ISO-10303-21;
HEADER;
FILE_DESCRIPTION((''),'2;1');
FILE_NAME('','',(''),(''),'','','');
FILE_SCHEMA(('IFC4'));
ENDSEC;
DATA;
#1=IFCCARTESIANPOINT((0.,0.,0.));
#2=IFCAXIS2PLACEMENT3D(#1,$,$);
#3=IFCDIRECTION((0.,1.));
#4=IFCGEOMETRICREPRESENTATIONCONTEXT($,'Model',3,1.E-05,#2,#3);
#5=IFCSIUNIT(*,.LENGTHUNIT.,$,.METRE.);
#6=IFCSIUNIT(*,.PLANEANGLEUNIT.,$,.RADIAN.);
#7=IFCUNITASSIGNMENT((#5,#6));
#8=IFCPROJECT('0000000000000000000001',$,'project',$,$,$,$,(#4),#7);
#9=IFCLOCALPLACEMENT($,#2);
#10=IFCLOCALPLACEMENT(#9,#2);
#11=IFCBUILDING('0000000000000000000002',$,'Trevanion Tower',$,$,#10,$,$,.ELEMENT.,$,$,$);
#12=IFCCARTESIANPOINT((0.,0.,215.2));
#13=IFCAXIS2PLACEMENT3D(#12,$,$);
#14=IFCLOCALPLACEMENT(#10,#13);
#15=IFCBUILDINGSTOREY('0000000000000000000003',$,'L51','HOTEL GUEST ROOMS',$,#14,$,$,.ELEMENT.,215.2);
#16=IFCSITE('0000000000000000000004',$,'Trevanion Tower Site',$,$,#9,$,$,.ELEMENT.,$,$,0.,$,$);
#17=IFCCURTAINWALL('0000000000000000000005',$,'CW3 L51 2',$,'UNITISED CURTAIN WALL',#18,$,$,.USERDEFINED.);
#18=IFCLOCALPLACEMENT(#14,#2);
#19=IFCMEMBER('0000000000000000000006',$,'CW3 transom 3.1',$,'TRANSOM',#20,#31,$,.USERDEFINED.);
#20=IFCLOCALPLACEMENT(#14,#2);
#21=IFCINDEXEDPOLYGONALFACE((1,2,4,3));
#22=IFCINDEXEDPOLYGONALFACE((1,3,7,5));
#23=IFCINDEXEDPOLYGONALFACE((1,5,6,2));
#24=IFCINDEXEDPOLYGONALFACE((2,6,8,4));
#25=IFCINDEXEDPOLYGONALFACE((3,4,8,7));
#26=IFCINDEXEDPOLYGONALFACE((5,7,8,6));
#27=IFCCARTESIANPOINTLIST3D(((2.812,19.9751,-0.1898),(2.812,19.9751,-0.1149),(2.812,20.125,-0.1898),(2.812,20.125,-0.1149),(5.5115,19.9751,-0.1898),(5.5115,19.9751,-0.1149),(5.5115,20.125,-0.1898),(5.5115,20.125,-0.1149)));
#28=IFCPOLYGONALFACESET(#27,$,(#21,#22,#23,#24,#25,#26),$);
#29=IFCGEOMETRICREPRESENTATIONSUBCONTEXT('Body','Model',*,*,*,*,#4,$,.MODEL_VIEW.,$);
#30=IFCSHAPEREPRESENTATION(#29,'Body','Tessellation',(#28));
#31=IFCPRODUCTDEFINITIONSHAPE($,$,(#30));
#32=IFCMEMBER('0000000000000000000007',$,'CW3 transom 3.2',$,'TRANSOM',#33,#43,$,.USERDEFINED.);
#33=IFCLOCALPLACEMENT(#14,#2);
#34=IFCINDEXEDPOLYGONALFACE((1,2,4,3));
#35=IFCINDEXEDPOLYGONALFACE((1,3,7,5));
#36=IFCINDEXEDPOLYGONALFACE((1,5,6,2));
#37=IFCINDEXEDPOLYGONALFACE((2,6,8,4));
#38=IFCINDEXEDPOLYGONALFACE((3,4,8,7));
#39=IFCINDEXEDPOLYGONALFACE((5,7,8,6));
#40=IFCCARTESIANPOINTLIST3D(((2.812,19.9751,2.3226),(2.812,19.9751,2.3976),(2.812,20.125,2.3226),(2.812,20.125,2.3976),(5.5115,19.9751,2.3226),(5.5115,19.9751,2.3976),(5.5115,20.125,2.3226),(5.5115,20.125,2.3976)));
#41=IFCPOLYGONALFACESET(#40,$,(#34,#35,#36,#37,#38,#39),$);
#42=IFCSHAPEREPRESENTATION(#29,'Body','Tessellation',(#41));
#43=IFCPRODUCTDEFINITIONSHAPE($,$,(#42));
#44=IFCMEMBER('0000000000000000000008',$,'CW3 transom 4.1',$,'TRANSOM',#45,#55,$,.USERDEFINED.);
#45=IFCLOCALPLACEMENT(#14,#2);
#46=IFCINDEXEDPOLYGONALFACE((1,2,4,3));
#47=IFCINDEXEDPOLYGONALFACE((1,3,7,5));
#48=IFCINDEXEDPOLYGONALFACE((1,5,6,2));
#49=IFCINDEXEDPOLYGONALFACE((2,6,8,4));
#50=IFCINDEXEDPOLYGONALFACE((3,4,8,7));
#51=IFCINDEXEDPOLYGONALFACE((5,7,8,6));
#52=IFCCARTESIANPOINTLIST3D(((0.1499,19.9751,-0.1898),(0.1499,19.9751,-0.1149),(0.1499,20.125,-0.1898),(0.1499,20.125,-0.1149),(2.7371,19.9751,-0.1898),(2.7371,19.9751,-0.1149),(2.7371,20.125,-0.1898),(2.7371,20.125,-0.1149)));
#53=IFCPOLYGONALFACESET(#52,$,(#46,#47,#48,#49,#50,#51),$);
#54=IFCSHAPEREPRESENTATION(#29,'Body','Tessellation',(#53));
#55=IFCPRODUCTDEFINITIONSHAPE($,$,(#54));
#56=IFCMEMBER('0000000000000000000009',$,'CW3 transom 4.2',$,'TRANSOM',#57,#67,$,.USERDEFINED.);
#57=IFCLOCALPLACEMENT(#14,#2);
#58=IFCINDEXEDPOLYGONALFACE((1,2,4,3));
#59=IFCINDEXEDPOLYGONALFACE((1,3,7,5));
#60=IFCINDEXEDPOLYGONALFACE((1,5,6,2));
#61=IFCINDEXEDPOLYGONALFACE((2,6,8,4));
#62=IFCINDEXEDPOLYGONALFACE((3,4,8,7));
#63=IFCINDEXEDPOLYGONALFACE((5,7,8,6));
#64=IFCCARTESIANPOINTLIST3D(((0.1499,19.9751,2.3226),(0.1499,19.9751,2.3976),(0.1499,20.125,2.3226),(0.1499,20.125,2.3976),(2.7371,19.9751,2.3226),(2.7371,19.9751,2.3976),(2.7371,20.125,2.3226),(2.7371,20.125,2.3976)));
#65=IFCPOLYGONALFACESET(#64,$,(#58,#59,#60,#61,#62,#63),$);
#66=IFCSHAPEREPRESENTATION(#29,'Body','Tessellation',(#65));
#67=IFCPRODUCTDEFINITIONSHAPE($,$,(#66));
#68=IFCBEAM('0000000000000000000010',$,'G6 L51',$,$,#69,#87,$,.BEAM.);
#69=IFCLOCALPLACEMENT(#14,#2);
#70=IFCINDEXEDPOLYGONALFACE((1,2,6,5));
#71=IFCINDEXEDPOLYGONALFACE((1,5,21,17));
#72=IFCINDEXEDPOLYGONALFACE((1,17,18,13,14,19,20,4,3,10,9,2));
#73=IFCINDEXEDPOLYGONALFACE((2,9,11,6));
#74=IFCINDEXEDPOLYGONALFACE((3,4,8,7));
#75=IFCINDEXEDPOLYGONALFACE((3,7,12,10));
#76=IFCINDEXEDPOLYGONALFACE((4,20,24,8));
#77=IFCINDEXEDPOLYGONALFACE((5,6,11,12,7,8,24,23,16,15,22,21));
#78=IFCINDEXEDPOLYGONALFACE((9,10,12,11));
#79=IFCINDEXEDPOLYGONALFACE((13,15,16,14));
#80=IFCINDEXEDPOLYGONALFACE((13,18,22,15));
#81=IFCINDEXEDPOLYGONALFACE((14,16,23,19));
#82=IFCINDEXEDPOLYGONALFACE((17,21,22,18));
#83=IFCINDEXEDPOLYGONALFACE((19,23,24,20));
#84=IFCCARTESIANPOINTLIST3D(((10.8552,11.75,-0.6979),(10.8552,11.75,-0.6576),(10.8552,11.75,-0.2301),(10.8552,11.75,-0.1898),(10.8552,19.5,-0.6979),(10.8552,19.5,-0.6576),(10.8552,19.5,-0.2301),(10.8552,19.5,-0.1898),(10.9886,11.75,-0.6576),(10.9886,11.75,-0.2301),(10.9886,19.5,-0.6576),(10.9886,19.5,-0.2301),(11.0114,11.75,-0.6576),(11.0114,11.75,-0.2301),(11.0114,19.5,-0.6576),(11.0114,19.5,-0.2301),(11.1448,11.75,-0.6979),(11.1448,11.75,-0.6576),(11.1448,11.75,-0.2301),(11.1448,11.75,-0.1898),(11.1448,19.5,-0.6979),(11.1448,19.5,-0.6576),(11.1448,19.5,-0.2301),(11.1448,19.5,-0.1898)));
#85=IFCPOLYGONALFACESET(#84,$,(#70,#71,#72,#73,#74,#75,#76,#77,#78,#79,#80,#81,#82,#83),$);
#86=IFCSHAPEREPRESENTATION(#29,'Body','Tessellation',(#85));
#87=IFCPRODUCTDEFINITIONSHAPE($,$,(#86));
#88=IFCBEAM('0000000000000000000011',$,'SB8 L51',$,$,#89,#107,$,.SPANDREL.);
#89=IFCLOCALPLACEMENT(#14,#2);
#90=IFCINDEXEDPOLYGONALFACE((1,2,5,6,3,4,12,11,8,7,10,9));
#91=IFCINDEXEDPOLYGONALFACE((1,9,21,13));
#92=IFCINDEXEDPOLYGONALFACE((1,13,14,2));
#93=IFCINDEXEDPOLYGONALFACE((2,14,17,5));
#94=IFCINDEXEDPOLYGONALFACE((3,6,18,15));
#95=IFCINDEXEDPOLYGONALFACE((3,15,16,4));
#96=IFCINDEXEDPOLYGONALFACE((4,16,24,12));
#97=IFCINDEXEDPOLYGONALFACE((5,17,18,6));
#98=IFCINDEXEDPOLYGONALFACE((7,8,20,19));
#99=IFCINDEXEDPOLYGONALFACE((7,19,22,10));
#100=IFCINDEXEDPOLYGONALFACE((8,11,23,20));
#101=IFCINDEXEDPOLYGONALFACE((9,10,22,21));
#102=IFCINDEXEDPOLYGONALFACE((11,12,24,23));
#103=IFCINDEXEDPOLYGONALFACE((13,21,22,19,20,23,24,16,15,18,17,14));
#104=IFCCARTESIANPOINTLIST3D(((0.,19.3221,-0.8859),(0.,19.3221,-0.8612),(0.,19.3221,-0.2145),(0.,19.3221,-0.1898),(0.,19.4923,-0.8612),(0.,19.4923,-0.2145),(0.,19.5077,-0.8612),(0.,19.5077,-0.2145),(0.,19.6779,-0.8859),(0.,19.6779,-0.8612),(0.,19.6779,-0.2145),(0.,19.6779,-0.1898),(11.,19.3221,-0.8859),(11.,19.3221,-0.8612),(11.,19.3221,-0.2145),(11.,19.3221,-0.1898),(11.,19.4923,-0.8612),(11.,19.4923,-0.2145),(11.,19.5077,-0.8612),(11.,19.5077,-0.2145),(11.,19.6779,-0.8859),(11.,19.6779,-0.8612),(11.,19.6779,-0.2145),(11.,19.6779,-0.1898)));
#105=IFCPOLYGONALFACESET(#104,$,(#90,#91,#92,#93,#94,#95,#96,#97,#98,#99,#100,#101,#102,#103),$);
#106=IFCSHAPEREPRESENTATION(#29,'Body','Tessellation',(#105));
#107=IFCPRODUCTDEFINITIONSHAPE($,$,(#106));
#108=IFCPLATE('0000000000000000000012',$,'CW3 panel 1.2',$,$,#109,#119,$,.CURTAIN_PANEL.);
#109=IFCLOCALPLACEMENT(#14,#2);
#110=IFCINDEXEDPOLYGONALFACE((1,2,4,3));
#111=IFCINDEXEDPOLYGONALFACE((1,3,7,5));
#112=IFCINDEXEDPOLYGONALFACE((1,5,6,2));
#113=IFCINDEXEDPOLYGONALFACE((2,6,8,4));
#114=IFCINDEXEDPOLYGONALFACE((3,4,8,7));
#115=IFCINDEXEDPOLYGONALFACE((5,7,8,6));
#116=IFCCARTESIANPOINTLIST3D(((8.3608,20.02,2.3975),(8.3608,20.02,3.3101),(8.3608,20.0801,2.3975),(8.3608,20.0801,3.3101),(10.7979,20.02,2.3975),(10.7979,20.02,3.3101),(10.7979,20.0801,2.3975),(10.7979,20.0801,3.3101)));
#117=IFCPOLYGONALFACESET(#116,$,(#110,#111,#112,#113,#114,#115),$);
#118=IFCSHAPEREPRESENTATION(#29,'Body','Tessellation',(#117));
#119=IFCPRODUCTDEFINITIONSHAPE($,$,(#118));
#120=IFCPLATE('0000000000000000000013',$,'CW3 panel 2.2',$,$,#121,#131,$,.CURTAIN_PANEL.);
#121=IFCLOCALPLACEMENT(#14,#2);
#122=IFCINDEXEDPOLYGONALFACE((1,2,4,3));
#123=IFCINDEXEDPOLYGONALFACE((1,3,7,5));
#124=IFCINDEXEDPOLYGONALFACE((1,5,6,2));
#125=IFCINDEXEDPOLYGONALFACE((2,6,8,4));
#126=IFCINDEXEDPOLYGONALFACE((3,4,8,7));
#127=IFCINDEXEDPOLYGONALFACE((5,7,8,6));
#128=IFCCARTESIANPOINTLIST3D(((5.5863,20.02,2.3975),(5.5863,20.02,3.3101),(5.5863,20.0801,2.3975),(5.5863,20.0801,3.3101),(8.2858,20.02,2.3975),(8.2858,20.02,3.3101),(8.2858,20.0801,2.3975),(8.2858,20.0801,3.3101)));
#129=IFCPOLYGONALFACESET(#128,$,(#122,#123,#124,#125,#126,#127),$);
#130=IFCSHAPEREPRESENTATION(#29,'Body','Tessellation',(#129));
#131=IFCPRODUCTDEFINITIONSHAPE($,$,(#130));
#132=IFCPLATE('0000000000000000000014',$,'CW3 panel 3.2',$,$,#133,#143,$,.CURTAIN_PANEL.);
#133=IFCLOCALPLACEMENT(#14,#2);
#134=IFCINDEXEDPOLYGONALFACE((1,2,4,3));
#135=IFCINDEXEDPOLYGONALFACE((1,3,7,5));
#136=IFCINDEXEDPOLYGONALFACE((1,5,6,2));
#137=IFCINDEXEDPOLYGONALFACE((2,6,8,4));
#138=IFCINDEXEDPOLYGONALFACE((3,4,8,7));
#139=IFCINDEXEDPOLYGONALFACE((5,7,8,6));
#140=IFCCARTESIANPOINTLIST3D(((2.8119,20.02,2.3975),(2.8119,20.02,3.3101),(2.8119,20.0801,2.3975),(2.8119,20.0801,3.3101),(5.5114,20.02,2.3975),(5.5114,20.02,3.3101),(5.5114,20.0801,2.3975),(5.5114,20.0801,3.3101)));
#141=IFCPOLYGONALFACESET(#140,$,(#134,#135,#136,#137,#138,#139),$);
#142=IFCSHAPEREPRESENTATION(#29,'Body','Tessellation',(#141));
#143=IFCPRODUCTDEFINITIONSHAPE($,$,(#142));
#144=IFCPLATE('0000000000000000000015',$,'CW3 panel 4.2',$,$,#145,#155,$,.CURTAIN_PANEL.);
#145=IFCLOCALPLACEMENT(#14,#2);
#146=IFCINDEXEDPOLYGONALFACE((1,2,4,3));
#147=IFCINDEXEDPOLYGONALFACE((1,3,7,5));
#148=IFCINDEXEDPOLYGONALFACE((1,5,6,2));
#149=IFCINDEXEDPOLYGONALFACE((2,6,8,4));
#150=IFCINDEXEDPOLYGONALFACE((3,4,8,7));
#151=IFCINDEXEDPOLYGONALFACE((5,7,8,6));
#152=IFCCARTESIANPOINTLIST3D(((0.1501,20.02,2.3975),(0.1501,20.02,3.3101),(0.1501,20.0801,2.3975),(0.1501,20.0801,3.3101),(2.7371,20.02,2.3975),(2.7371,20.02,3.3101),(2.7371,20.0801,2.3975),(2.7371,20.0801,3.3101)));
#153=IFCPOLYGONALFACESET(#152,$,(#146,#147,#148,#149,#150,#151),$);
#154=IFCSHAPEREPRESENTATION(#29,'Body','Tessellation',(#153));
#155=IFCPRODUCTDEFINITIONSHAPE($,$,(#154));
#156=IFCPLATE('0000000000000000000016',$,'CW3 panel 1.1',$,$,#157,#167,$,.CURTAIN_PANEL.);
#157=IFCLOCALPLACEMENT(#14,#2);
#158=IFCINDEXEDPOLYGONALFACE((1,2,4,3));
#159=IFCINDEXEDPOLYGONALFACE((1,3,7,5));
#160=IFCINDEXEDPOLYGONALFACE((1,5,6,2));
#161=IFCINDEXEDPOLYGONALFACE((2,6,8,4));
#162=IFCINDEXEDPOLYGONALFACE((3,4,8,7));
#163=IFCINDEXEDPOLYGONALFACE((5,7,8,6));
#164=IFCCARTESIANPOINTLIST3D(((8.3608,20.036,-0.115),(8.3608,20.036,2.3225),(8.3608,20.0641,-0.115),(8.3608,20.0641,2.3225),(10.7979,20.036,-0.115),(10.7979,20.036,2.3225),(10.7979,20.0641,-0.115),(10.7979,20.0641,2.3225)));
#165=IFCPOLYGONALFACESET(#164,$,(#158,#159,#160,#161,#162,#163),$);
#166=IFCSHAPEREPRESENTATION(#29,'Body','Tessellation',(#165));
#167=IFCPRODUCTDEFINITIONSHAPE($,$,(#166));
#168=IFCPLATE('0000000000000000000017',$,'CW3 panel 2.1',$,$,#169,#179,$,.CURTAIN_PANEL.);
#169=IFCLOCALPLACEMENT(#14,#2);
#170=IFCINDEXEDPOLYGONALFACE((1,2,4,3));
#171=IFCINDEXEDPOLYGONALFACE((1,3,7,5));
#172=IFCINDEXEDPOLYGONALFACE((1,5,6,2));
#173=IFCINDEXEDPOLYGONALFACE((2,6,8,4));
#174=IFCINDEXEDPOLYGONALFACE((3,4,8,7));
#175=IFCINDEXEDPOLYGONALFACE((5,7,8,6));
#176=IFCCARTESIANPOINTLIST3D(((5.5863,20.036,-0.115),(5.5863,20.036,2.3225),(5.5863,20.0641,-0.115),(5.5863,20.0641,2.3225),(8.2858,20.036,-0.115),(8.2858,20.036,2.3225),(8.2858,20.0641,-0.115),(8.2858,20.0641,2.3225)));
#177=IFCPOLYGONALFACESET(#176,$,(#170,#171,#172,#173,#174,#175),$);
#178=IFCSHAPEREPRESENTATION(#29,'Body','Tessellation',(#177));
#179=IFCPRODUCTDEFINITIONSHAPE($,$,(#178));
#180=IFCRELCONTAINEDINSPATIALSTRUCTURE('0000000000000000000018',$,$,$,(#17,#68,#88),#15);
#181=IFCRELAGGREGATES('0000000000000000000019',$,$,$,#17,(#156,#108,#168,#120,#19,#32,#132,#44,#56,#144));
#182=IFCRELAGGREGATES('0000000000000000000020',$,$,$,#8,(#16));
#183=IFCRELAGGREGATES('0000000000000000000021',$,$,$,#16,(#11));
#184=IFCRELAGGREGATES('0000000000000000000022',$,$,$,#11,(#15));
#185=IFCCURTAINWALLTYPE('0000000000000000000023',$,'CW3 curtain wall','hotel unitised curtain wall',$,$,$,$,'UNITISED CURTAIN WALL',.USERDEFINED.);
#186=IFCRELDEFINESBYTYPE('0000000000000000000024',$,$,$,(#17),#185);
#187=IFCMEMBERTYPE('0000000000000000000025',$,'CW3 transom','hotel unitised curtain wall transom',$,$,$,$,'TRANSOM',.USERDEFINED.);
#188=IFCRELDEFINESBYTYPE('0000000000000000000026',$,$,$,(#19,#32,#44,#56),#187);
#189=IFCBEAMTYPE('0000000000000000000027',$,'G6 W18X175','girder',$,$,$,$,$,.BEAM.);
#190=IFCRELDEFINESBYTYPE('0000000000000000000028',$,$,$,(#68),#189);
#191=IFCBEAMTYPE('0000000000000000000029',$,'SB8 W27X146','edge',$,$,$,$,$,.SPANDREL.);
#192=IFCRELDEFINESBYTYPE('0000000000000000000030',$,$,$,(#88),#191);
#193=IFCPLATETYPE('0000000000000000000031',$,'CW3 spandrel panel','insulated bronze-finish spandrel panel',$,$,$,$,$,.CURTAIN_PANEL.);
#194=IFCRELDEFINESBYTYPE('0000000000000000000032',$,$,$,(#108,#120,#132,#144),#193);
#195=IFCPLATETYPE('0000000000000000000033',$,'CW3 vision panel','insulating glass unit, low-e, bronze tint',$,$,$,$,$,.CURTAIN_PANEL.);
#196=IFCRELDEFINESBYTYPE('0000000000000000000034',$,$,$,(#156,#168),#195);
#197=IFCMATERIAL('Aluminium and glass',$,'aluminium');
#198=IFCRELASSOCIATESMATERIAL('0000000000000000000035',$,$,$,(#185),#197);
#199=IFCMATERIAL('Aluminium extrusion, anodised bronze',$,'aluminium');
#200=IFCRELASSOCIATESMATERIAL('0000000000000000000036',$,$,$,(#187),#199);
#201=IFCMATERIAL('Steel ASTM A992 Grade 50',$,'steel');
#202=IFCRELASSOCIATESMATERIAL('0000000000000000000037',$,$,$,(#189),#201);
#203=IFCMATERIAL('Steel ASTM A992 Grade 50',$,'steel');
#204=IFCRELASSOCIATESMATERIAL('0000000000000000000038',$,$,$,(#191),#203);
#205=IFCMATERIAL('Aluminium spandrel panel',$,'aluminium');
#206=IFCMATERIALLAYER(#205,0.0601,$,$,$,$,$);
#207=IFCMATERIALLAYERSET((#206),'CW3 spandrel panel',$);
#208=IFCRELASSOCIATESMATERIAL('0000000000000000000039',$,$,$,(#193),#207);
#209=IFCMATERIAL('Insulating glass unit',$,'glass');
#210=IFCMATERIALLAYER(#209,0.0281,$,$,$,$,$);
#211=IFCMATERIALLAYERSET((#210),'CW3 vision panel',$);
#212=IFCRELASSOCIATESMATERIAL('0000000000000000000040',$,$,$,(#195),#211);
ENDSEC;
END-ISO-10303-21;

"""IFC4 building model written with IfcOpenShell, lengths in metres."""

from ifc_helpers import new_model, si_unit, direction, frame, origin, origin_2d, place, context, subcontext, project, spatial, rectangle, i_section, extrude, material, layer, layer_set, material_profile, profile_set, type_object, element, aggregate, save


model = new_model("IFC4")

# Units and contexts
model_context = context("Model", 3, precision=1e-05, world=origin(), true_north=direction((0.0, 1.0)))
body_context = subcontext(model_context, "Body", "Model", "MODEL_VIEW")
ifc_project = project(units=[si_unit("LENGTHUNIT", "METRE"), si_unit("PLANEANGLEUNIT", "RADIAN")], contexts=[model_context])

# Site, building, storey
site_placement = place(None, origin())
site = spatial("IfcSite", under=ifc_project, at=site_placement, Name="Trevanion Tower Site", CompositionType="ELEMENT", RefElevation=0.0)
building_placement = place(site_placement, origin())
building = spatial("IfcBuilding", under=site, at=building_placement, Name="Trevanion Tower", CompositionType="ELEMENT")
storey_placement = place(building_placement, frame((0.0, 0.0, 215.2)))
storey = spatial("IfcBuildingStorey", under=building, at=storey_placement, Name="L51", Description="HOTEL GUEST ROOMS", CompositionType="ELEMENT", Elevation=215.2)

# Curtain wall, members
ifc_material_1 = material(Name="Aluminium and glass", Category="aluminium")
curtain_wall_type = type_object("IfcCurtainWallType", Name="CW3 curtain wall", Description="hotel unitised curtain wall", ElementType="UNITISED CURTAIN WALL", PredefinedType="USERDEFINED", material=ifc_material_1)
curtain_wall_placement = place(storey_placement, origin())
curtain_wall = element("IfcCurtainWall", 1, at=curtain_wall_placement, inside=storey, type_object=curtain_wall_type, Name="CW3 L51 2", ObjectType="UNITISED CURTAIN WALL", PredefinedType="USERDEFINED")
ifc_material_2 = material(Name="Aluminium extrusion, anodised bronze", Category="aluminium")
ifc_material_profile_1 = material_profile(ifc_material_2, rectangle(XDim=0.1499, YDim=0.075, at=origin_2d()), Name="CW3 transom")
ifc_profile_set_1 = profile_set([ifc_material_profile_1], Name="Aluminium extrusion, anodised bronze")
member_type_1 = type_object("IfcMemberType", Name="CW3 transom", Description="hotel unitised curtain wall transom", ElementType="TRANSOM", PredefinedType="USERDEFINED", material=ifc_profile_set_1)
member_1_placement = place(storey_placement, frame((5.5115, 20.05, -0.1523), z_axis=(-1.0, 0.0, 0.0), x_axis=(0.0, -1.0, 0.0)))
member_1 = element("IfcMember", 2, at=member_1_placement, type_object=member_type_1, Name="CW3 transom 3.1", ObjectType="TRANSOM", PredefinedType="USERDEFINED", context=body_context, shape_type="SweptSolid", body=[
    extrude(rectangle(XDim=0.1499, YDim=0.075, at=origin_2d()), origin(), (0.0, 0.0, 1.0), 2.6995),
])
member_2_placement = place(storey_placement, frame((5.5115, 20.05, 2.3601), z_axis=(-1.0, 0.0, 0.0), x_axis=(0.0, -1.0, 0.0)))
member_2 = element("IfcMember", 3, at=member_2_placement, type_object=member_type_1, Name="CW3 transom 3.2", ObjectType="TRANSOM", PredefinedType="USERDEFINED", context=body_context, shape_type="SweptSolid", body=[
    extrude(rectangle(XDim=0.1499, YDim=0.075, at=origin_2d()), origin(), (0.0, 0.0, 1.0), 2.6995),
])
member_3_placement = place(storey_placement, frame((2.7371, 20.05, -0.1523), z_axis=(-1.0, 0.0, 0.0), x_axis=(0.0, -1.0, 0.0)))
member_3 = element("IfcMember", 4, at=member_3_placement, type_object=member_type_1, Name="CW3 transom 4.1", ObjectType="TRANSOM", PredefinedType="USERDEFINED", context=body_context, shape_type="SweptSolid", body=[
    extrude(rectangle(XDim=0.1499, YDim=0.075, at=origin_2d()), origin(), (0.0, 0.0, 1.0), 2.5872),
])
member_4_placement = place(storey_placement, frame((2.7371, 20.05, 2.3601), z_axis=(-1.0, 0.0, 0.0), x_axis=(0.0, -1.0, 0.0)))
member_4 = element("IfcMember", 5, at=member_4_placement, type_object=member_type_1, Name="CW3 transom 4.2", ObjectType="TRANSOM", PredefinedType="USERDEFINED", context=body_context, shape_type="SweptSolid", body=[
    extrude(rectangle(XDim=0.1499, YDim=0.075, at=origin_2d()), origin(), (0.0, 0.0, 1.0), 2.5872),
])

# Beams
ifc_material_3 = material(Name="Steel ASTM A992 Grade 50", Category="steel")
ifc_material_profile_2 = material_profile(ifc_material_3, i_section(OverallWidth=0.2896, OverallDepth=0.5081, WebThickness=0.0227, FlangeThickness=0.0403, at=origin_2d()), Name="W18X175")
ifc_profile_set_2 = profile_set([ifc_material_profile_2], Name="Steel ASTM A992 Grade 50")
beam_type_1 = type_object("IfcBeamType", Name="G6 W18X175", Description="girder", PredefinedType="BEAM", material=ifc_profile_set_2)
beam_1_placement = place(storey_placement, frame((11.0, 11.75, -0.4438), z_axis=(0.0, 1.0, 0.0), x_axis=(-1.0, 0.0, 0.0)))
element("IfcBeam", 6, at=beam_1_placement, inside=storey, type_object=beam_type_1, Name="G6 L51", PredefinedType="BEAM", context=body_context, shape_type="SweptSolid", body=[
    extrude(i_section(OverallWidth=0.2896, OverallDepth=0.5081, WebThickness=0.0227, FlangeThickness=0.0403, at=origin_2d()), origin(), (0.0, 0.0, 1.0), 7.75),
])
ifc_material_4 = material(Name="Steel ASTM A992 Grade 50", Category="steel")
ifc_material_profile_3 = material_profile(ifc_material_4, i_section(OverallWidth=0.3557, OverallDepth=0.696, WebThickness=0.0154, FlangeThickness=0.0247, at=origin_2d()), Name="W27X146")
ifc_profile_set_3 = profile_set([ifc_material_profile_3], Name="Steel ASTM A992 Grade 50")
beam_type_2 = type_object("IfcBeamType", Name="SB8 W27X146", Description="edge", PredefinedType="SPANDREL", material=ifc_profile_set_3)
beam_2_placement = place(storey_placement, frame((11.0, 19.5, -0.5378), z_axis=(-1.0, 0.0, 0.0), x_axis=(0.0, -1.0, 0.0)))
element("IfcBeam", 7, at=beam_2_placement, inside=storey, type_object=beam_type_2, Name="SB8 L51", PredefinedType="SPANDREL", context=body_context, shape_type="SweptSolid", body=[
    extrude(i_section(OverallWidth=0.3557, OverallDepth=0.696, WebThickness=0.0154, FlangeThickness=0.0247, at=origin_2d()), origin(), (0.0, 0.0, 1.0), 11.0),
])

# Plates
ifc_material_5 = material(Name="Aluminium spandrel panel", Category="aluminium")
ifc_layer_1 = layer(ifc_material_5, 0.0601)
ifc_layer_set_1 = layer_set([ifc_layer_1], Name="CW3 spandrel panel")
plate_type_1 = type_object("IfcPlateType", Name="CW3 spandrel panel", Description="insulated bronze-finish spandrel panel", PredefinedType="CURTAIN_PANEL", material=ifc_layer_set_1)
plate_1_placement = place(storey_placement, frame((9.5793, 20.05, 2.3975), z_axis=(0.0, 0.0, 1.0), x_axis=(-1.0, 0.0, 0.0)))
plate_1 = element("IfcPlate", 8, at=plate_1_placement, type_object=plate_type_1, Name="CW3 panel 1.2", PredefinedType="CURTAIN_PANEL", context=body_context, shape_type="SweptSolid", body=[
    extrude(rectangle(XDim=2.437, YDim=0.0601, at=origin_2d()), origin(), (0.0, 0.0, 1.0), 0.9126),
])
plate_2_placement = place(storey_placement, frame((6.936, 20.05, 2.3975), z_axis=(0.0, 0.0, 1.0), x_axis=(-1.0, 0.0, 0.0)))
plate_2 = element("IfcPlate", 9, at=plate_2_placement, type_object=plate_type_1, Name="CW3 panel 2.2", PredefinedType="CURTAIN_PANEL", context=body_context, shape_type="SweptSolid", body=[
    extrude(rectangle(XDim=2.6995, YDim=0.0601, at=origin_2d()), origin(), (0.0, 0.0, 1.0), 0.9126),
])
plate_3_placement = place(storey_placement, frame((4.1616, 20.05, 2.3975), z_axis=(0.0, 0.0, 1.0), x_axis=(-1.0, 0.0, 0.0)))
plate_3 = element("IfcPlate", 10, at=plate_3_placement, type_object=plate_type_1, Name="CW3 panel 3.2", PredefinedType="CURTAIN_PANEL", context=body_context, shape_type="SweptSolid", body=[
    extrude(rectangle(XDim=2.6995, YDim=0.0601, at=origin_2d()), origin(), (0.0, 0.0, 1.0), 0.9126),
])
plate_4_placement = place(storey_placement, frame((1.4436, 20.05, 2.3975), z_axis=(0.0, 0.0, 1.0), x_axis=(-1.0, 0.0, 0.0)))
plate_4 = element("IfcPlate", 11, at=plate_4_placement, type_object=plate_type_1, Name="CW3 panel 4.2", PredefinedType="CURTAIN_PANEL", context=body_context, shape_type="SweptSolid", body=[
    extrude(rectangle(XDim=2.5869, YDim=0.0601, at=origin_2d()), origin(), (0.0, 0.0, 1.0), 0.9126),
])
ifc_material_6 = material(Name="Insulating glass unit", Category="glass")
ifc_layer_2 = layer(ifc_material_6, 0.0281)
ifc_layer_set_2 = layer_set([ifc_layer_2], Name="CW3 vision panel")
plate_type_2 = type_object("IfcPlateType", Name="CW3 vision panel", Description="insulating glass unit, low-e, bronze tint", PredefinedType="CURTAIN_PANEL", material=ifc_layer_set_2)
plate_5_placement = place(storey_placement, frame((9.5793, 20.05, -0.115), z_axis=(0.0, 0.0, 1.0), x_axis=(-1.0, 0.0, 0.0)))
plate_5 = element("IfcPlate", 12, at=plate_5_placement, type_object=plate_type_2, Name="CW3 panel 1.1", PredefinedType="CURTAIN_PANEL", context=body_context, shape_type="SweptSolid", body=[
    extrude(rectangle(XDim=2.437, YDim=0.0281, at=origin_2d()), origin(), (0.0, 0.0, 1.0), 2.4375),
])
plate_6_placement = place(storey_placement, frame((6.936, 20.05, -0.115), z_axis=(0.0, 0.0, 1.0), x_axis=(-1.0, 0.0, 0.0)))
plate_6 = element("IfcPlate", 13, at=plate_6_placement, type_object=plate_type_2, Name="CW3 panel 2.1", PredefinedType="CURTAIN_PANEL", context=body_context, shape_type="SweptSolid", body=[
    extrude(rectangle(XDim=2.6995, YDim=0.0281, at=origin_2d()), origin(), (0.0, 0.0, 1.0), 2.4375),
])
aggregate(curtain_wall, [plate_5, plate_1, plate_6, plate_2, member_1, member_2, plate_3, member_3, member_4, plate_4])

save(model, "model.ifc")
